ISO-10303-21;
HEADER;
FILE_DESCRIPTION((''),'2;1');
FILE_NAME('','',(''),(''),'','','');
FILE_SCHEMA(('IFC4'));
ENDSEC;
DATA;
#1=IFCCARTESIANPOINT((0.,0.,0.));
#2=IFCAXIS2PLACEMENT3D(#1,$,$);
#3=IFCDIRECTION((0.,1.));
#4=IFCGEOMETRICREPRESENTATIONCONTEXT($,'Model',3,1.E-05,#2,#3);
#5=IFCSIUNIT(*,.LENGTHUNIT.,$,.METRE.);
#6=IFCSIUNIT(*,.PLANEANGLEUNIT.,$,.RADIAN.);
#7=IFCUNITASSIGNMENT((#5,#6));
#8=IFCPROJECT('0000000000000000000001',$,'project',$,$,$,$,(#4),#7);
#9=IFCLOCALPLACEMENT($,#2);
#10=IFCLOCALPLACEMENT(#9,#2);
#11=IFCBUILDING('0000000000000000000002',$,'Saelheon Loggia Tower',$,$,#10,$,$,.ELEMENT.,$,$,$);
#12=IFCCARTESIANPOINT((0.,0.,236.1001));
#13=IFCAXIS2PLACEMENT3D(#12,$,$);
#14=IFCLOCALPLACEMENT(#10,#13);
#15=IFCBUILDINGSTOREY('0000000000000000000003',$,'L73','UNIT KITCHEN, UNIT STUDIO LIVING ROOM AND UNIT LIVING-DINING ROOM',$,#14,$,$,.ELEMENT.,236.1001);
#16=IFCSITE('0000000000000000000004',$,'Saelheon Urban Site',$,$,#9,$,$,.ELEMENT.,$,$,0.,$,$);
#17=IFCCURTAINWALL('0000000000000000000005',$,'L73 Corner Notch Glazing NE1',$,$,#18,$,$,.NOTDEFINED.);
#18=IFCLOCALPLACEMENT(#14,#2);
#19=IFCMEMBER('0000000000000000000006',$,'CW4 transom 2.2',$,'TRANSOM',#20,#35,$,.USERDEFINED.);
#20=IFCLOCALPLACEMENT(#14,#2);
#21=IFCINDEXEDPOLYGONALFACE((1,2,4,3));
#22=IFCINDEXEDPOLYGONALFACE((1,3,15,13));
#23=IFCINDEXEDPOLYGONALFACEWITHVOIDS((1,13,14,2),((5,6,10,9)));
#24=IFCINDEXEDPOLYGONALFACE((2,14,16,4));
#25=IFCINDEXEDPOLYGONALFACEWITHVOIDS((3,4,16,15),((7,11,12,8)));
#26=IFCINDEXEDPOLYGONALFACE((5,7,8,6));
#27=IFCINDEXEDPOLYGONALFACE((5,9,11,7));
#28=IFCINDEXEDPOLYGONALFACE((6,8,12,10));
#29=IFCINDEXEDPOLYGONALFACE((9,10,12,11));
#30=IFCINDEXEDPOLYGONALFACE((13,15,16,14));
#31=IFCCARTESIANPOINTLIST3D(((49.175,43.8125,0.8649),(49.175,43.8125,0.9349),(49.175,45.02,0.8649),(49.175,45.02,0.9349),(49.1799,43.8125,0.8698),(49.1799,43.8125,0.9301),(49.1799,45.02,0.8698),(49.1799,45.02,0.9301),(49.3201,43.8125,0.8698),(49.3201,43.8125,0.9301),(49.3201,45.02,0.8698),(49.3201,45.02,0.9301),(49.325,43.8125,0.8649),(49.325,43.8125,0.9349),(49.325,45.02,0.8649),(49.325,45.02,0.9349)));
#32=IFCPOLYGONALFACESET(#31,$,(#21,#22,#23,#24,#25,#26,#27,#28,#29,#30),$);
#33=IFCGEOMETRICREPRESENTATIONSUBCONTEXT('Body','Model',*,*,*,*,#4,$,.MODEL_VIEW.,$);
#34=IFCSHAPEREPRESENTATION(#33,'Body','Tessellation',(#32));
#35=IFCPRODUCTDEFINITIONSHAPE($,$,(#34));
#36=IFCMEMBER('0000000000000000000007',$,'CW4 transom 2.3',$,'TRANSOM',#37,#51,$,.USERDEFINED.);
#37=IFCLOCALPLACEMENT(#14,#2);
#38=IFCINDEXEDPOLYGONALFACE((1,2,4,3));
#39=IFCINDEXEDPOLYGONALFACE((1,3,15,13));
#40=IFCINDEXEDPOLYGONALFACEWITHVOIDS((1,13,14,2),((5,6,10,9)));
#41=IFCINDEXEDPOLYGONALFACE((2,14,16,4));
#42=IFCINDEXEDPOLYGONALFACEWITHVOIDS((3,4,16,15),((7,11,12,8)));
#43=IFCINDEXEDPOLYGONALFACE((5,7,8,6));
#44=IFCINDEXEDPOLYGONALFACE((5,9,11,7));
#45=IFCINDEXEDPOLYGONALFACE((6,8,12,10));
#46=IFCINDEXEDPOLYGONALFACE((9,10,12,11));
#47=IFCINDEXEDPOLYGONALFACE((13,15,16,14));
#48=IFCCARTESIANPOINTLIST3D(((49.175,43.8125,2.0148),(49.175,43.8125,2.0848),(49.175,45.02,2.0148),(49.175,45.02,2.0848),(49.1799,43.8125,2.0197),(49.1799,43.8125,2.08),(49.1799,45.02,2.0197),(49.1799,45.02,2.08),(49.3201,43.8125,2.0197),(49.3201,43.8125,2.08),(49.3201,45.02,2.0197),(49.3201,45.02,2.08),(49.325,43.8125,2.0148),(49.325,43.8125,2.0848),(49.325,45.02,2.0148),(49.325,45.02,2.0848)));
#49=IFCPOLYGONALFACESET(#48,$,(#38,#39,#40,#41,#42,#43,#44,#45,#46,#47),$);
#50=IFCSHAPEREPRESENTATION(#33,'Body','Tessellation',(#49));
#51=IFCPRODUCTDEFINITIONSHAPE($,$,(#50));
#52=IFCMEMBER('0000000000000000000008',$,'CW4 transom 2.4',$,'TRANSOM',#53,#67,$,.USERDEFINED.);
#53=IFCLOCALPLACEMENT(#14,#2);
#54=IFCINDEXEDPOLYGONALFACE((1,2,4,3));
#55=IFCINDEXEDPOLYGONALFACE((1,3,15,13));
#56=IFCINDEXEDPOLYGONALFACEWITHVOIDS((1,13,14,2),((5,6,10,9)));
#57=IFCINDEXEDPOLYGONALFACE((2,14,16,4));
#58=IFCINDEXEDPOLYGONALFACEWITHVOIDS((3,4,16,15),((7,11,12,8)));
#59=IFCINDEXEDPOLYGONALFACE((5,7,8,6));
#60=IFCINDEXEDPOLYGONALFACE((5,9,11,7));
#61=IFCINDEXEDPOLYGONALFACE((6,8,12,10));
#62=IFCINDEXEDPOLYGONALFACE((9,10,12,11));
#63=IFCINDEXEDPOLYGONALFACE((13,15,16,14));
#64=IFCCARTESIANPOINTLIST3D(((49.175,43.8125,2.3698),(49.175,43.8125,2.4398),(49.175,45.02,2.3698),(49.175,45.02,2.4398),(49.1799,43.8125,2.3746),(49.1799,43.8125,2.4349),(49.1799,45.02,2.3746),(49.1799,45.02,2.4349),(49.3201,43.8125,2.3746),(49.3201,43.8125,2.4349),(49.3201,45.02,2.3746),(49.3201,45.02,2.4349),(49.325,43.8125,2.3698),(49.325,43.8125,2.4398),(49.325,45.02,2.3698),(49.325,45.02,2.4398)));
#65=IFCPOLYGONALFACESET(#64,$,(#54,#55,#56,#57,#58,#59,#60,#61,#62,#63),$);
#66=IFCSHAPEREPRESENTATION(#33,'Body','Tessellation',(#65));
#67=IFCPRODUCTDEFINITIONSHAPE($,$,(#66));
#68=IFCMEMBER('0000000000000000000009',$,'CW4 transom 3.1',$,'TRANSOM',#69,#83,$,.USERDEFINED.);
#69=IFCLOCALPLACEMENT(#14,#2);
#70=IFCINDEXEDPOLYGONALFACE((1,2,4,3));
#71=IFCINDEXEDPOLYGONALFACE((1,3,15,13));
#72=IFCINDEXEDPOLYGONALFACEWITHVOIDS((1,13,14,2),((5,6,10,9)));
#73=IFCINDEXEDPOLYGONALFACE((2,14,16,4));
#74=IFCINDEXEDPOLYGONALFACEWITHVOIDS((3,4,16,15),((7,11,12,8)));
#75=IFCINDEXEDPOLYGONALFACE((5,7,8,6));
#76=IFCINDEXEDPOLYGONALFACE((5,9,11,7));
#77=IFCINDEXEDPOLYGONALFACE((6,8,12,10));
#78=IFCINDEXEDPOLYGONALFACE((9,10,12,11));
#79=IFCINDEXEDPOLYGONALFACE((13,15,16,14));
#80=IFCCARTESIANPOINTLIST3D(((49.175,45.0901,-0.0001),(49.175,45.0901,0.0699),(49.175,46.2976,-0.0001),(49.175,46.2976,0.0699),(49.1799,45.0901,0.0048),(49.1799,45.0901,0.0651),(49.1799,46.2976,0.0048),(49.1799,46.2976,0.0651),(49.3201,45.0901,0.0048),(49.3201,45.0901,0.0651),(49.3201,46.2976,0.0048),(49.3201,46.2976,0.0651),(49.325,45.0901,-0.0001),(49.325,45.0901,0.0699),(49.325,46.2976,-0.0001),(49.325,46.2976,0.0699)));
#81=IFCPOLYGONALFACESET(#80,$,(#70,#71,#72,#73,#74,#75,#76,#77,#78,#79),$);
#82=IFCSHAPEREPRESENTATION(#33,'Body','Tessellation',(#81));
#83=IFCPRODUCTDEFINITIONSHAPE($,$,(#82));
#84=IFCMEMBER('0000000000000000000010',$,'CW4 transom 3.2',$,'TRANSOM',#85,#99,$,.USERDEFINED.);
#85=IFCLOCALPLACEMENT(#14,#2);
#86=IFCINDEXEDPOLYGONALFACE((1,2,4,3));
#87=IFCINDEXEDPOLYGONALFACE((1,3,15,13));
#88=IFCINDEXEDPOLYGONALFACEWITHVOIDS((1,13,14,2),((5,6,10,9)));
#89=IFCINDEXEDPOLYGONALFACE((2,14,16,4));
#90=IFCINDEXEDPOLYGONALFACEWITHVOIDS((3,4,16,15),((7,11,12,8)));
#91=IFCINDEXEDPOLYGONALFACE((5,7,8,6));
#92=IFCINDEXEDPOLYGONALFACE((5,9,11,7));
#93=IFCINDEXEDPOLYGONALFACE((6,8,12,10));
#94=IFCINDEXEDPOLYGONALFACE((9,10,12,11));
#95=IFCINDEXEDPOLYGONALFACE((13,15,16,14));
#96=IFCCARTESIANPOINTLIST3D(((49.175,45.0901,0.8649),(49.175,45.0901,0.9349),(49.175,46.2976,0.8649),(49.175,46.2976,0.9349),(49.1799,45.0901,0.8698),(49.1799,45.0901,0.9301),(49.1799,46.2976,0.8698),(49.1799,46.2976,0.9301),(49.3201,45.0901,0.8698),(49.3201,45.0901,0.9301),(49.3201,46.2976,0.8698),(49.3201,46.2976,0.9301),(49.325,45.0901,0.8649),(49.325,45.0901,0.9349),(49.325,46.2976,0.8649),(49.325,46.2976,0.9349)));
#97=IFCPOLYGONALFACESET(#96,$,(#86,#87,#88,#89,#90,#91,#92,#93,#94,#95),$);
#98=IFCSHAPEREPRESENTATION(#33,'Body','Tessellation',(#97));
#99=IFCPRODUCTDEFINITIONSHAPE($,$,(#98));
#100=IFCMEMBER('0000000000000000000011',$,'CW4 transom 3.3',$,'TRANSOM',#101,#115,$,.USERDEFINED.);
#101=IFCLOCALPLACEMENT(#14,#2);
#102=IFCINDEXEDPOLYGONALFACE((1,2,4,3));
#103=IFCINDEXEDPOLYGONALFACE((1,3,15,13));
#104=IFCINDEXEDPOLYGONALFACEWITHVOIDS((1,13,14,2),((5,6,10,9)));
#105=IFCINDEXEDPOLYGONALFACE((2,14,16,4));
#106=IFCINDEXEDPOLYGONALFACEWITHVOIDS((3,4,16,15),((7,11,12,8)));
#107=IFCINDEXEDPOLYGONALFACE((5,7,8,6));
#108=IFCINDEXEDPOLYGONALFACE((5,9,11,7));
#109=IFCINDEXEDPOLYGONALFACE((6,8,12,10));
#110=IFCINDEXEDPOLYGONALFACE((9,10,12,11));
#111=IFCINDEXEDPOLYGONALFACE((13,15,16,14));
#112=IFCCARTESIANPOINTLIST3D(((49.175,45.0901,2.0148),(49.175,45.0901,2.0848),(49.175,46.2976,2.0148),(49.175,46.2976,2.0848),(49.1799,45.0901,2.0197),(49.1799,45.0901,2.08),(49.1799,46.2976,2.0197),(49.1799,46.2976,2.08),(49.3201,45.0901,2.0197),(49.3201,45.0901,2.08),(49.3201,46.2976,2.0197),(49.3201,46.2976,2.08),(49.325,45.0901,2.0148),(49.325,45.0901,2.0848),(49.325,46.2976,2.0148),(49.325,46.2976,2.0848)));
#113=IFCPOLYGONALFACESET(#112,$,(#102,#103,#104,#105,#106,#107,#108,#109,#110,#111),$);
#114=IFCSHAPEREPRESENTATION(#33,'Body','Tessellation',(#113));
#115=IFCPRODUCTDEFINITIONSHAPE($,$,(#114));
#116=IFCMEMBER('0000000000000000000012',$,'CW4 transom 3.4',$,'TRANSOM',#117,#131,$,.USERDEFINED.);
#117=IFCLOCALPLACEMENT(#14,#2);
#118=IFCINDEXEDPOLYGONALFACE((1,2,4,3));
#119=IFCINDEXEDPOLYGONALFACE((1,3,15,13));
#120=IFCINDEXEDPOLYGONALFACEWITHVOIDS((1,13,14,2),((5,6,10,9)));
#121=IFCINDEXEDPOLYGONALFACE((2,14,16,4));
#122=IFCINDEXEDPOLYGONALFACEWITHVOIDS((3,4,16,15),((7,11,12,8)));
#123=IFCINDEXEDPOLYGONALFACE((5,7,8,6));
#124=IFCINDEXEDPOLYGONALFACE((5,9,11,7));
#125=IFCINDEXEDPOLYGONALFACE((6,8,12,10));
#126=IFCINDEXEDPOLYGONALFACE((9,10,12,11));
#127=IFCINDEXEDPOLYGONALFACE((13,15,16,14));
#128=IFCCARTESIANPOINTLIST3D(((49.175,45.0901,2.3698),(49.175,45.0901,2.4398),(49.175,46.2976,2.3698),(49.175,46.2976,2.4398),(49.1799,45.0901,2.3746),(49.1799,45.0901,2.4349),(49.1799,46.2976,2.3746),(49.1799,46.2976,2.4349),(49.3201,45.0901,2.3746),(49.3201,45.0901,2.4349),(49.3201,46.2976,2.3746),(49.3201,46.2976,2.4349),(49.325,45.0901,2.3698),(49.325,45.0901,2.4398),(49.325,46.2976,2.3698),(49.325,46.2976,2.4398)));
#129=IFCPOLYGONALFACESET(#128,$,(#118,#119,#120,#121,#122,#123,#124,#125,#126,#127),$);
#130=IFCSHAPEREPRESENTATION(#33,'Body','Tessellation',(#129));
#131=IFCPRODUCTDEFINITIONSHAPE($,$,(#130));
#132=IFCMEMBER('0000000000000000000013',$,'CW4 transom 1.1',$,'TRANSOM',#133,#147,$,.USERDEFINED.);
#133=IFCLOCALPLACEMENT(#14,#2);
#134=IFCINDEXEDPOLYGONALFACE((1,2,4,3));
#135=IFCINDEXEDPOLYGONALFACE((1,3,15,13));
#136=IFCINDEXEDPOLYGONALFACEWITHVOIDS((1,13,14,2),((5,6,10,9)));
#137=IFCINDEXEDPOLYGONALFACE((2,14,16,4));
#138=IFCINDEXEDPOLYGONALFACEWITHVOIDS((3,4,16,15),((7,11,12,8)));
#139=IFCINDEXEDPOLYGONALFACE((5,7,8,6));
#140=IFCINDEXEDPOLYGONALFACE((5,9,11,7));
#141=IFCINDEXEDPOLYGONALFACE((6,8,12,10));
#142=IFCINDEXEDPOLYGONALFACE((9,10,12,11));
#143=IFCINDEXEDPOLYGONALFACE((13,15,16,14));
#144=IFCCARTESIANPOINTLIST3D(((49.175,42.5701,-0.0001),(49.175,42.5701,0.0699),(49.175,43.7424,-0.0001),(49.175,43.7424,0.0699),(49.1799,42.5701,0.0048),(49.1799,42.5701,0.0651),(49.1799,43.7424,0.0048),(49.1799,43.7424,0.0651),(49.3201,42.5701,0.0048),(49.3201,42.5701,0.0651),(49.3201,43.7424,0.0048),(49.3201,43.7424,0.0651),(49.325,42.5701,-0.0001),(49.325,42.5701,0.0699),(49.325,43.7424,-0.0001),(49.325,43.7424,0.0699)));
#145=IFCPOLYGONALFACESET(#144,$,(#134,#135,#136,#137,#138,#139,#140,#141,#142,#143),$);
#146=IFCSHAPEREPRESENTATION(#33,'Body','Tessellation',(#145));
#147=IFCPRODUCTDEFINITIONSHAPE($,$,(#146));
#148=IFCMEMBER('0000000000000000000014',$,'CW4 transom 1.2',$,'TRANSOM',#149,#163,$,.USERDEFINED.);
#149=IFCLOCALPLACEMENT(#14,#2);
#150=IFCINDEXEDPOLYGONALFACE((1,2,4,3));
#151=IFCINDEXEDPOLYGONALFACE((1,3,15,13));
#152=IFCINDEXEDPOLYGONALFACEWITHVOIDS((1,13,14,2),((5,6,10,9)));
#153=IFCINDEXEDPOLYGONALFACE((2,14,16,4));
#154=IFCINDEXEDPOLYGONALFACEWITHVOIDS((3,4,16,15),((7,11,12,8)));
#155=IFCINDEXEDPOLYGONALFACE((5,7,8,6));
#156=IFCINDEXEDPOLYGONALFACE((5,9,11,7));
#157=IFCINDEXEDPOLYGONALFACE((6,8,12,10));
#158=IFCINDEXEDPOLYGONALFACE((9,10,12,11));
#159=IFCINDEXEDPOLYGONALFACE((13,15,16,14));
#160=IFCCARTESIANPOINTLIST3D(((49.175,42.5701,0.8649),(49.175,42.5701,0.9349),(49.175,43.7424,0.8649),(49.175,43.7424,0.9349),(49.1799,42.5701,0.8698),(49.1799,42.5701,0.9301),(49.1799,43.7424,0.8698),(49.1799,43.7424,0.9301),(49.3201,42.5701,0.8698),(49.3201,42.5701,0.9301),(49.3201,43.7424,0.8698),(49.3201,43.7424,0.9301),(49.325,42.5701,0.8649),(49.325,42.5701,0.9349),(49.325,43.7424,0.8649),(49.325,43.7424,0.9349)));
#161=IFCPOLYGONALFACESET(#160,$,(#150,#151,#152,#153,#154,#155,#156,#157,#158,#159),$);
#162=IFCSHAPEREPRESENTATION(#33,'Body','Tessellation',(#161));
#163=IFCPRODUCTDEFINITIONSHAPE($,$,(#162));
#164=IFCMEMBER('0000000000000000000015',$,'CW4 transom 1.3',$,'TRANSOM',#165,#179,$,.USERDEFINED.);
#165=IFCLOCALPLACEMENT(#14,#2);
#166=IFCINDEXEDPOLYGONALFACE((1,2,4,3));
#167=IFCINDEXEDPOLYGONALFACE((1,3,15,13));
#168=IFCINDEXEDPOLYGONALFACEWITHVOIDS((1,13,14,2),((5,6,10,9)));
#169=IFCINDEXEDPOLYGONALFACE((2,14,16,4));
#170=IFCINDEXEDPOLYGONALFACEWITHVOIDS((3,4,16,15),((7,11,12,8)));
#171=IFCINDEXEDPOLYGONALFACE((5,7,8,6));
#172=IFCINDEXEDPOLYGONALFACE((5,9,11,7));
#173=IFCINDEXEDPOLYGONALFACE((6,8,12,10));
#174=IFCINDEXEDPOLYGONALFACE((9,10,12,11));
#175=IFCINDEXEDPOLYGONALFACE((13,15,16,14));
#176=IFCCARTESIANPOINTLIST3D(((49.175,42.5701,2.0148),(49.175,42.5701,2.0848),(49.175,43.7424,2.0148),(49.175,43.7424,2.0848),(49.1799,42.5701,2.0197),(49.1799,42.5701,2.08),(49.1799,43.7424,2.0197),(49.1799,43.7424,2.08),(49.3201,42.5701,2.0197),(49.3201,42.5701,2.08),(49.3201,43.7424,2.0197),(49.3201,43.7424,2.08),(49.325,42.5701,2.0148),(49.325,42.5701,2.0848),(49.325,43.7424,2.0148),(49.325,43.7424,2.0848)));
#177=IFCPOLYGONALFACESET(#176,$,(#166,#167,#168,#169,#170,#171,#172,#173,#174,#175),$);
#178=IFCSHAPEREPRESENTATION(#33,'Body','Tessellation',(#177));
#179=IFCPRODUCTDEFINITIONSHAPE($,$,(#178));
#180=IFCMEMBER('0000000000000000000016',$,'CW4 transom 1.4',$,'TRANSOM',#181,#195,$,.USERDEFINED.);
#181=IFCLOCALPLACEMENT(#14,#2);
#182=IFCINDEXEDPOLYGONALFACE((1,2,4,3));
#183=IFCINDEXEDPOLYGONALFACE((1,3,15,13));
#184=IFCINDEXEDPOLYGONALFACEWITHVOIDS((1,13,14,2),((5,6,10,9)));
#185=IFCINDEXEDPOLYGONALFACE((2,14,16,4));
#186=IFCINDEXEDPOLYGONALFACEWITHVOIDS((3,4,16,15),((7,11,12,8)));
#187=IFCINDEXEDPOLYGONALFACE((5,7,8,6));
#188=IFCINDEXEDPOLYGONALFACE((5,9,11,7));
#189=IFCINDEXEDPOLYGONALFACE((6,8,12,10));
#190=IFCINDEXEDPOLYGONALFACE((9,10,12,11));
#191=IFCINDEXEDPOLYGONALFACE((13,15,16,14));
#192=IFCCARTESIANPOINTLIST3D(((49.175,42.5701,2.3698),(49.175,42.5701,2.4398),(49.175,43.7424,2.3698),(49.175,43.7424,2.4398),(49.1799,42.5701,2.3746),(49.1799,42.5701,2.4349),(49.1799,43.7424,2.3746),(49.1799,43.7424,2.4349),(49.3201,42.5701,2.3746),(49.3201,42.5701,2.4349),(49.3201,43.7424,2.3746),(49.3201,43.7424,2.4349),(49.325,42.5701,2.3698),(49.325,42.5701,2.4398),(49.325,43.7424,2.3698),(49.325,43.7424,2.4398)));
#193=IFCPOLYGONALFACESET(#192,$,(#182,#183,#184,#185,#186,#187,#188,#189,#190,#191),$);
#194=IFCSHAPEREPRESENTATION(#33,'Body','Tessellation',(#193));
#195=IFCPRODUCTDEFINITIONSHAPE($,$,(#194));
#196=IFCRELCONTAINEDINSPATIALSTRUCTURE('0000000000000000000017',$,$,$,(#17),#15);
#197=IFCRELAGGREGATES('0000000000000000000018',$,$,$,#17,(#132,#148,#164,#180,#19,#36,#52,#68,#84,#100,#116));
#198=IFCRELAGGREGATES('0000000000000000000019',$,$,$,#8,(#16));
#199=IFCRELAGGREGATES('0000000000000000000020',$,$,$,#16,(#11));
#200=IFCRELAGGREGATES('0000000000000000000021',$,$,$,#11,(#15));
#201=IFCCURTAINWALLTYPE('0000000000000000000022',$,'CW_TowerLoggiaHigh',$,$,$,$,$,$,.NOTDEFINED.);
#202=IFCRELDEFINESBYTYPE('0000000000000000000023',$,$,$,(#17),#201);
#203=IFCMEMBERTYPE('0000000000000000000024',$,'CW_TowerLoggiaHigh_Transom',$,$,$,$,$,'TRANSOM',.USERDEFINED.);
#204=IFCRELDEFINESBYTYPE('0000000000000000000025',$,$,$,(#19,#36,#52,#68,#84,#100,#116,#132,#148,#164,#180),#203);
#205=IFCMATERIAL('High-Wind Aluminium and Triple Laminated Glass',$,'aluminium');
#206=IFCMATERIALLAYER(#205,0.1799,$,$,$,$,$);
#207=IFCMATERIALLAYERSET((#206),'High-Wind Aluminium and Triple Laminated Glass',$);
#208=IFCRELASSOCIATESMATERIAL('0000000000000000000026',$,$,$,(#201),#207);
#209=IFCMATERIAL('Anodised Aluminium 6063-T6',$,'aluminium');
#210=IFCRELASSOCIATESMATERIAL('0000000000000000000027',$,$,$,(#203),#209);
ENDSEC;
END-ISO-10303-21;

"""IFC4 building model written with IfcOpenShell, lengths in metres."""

from ifc_helpers import new_model, si_unit, direction, frame, origin, origin_2d, place, context, subcontext, project, spatial, hollow_rectangle, extrude, source, transform, mapped, material, layer, layer_set, material_profile, profile_set, type_object, element, aggregate, save


model = new_model("IFC4")

# Units and contexts
model_context = context("Model", 3, precision=1e-05, world=origin(), true_north=direction((0.0, 1.0)))
body_context = subcontext(model_context, "Body", "Model", "MODEL_VIEW")
ifc_project = project(units=[si_unit("LENGTHUNIT", "METRE"), si_unit("PLANEANGLEUNIT", "RADIAN")], contexts=[model_context])

# Site, building, storey
site_placement = place(None, origin())
site = spatial("IfcSite", under=ifc_project, at=site_placement, Name="Saelheon Urban Site", CompositionType="ELEMENT", RefElevation=0.0)
building_placement = place(site_placement, origin())
building = spatial("IfcBuilding", under=site, at=building_placement, Name="Saelheon Loggia Tower", CompositionType="ELEMENT")
storey_placement = place(building_placement, frame((0.0, 0.0, 236.1001)))
storey = spatial("IfcBuildingStorey", under=building, at=storey_placement, Name="L73", Description="UNIT KITCHEN, UNIT STUDIO LIVING ROOM AND UNIT LIVING-DINING ROOM", CompositionType="ELEMENT", Elevation=236.1001)

# Curtain wall, members
ifc_material_1 = material(Name="High-Wind Aluminium and Triple Laminated Glass", Category="aluminium")
ifc_layer_1 = layer(ifc_material_1, 0.1799)
ifc_layer_set_1 = layer_set([ifc_layer_1], Name="High-Wind Aluminium and Triple Laminated Glass")
curtain_wall_type = type_object("IfcCurtainWallType", Name="CW_TowerLoggiaHigh", PredefinedType="NOTDEFINED", material=ifc_layer_set_1)
curtain_wall_placement = place(storey_placement, origin())
curtain_wall = element("IfcCurtainWall", 1, at=curtain_wall_placement, inside=storey, type_object=curtain_wall_type, Name="L73 Corner Notch Glazing NE1", PredefinedType="NOTDEFINED")
ifc_material_2 = material(Name="Anodised Aluminium 6063-T6", Category="aluminium")
ifc_material_profile_1 = material_profile(ifc_material_2, hollow_rectangle(XDim=0.0701, YDim=0.1499, WallThickness=0.0049, at=origin_2d()), Name="RHS-150x70x5")
ifc_profile_set_1 = profile_set([ifc_material_profile_1], Name="Anodised Aluminium 6063-T6")
member_type_1 = type_object("IfcMemberType", Name="CW_TowerLoggiaHigh_Transom", ElementType="TRANSOM", PredefinedType="USERDEFINED", material=ifc_profile_set_1)
shared_shape_1 = source(origin(), body_context, "Body", "SweptSolid", [
    extrude(hollow_rectangle(XDim=0.0701, YDim=0.1499, WallThickness=0.0049, at=origin_2d()), origin(), (0.0, 0.0, 1.0), 1.2075),
])
member_1_placement = place(storey_placement, frame((49.25, 43.8125, 0.8999), z_axis=(0.0, 1.0, 0.0), x_axis=(0.0, 0.0, 1.0)))
member_1 = element("IfcMember", 2, at=member_1_placement, type_object=member_type_1, Name="CW4 transom 2.2", ObjectType="TRANSOM", PredefinedType="USERDEFINED", context=body_context, shape_type="MappedRepresentation", body=[
    mapped(shared_shape_1, transform((0.0, 0.0, 0.0), scale=1.0)),
])
member_2_placement = place(storey_placement, frame((49.25, 43.8125, 2.0498), z_axis=(0.0, 1.0, 0.0), x_axis=(0.0, 0.0, 1.0)))
member_2 = element("IfcMember", 3, at=member_2_placement, type_object=member_type_1, Name="CW4 transom 2.3", ObjectType="TRANSOM", PredefinedType="USERDEFINED", context=body_context, shape_type="MappedRepresentation", body=[
    mapped(shared_shape_1, transform((0.0, 0.0, 0.0), scale=1.0)),
])
member_3_placement = place(storey_placement, frame((49.25, 43.8125, 2.4048), z_axis=(0.0, 1.0, 0.0), x_axis=(0.0, 0.0, 1.0)))
member_3 = element("IfcMember", 4, at=member_3_placement, type_object=member_type_1, Name="CW4 transom 2.4", ObjectType="TRANSOM", PredefinedType="USERDEFINED", context=body_context, shape_type="MappedRepresentation", body=[
    mapped(shared_shape_1, transform((0.0, 0.0, 0.0), scale=1.0)),
])
member_4_placement = place(storey_placement, frame((49.25, 45.0901, 0.0349), z_axis=(0.0, 1.0, 0.0), x_axis=(0.0, 0.0, 1.0)))
member_4 = element("IfcMember", 5, at=member_4_placement, type_object=member_type_1, Name="CW4 transom 3.1", ObjectType="TRANSOM", PredefinedType="USERDEFINED", context=body_context, shape_type="MappedRepresentation", body=[
    mapped(shared_shape_1, transform((0.0, 0.0, 0.0), scale=1.0)),
])
member_5_placement = place(storey_placement, frame((49.25, 45.0901, 0.8999), z_axis=(0.0, 1.0, 0.0), x_axis=(0.0, 0.0, 1.0)))
member_5 = element("IfcMember", 6, at=member_5_placement, type_object=member_type_1, Name="CW4 transom 3.2", ObjectType="TRANSOM", PredefinedType="USERDEFINED", context=body_context, shape_type="MappedRepresentation", body=[
    mapped(shared_shape_1, transform((0.0, 0.0, 0.0), scale=1.0)),
])
member_6_placement = place(storey_placement, frame((49.25, 45.0901, 2.0498), z_axis=(0.0, 1.0, 0.0), x_axis=(0.0, 0.0, 1.0)))
member_6 = element("IfcMember", 7, at=member_6_placement, type_object=member_type_1, Name="CW4 transom 3.3", ObjectType="TRANSOM", PredefinedType="USERDEFINED", context=body_context, shape_type="MappedRepresentation", body=[
    mapped(shared_shape_1, transform((0.0, 0.0, 0.0), scale=1.0)),
])
member_7_placement = place(storey_placement, frame((49.25, 45.0901, 2.4048), z_axis=(0.0, 1.0, 0.0), x_axis=(0.0, 0.0, 1.0)))
member_7 = element("IfcMember", 8, at=member_7_placement, type_object=member_type_1, Name="CW4 transom 3.4", ObjectType="TRANSOM", PredefinedType="USERDEFINED", context=body_context, shape_type="MappedRepresentation", body=[
    mapped(shared_shape_1, transform((0.0, 0.0, 0.0), scale=1.0)),
])
shared_shape_2 = source(origin(), body_context, "Body", "SweptSolid", [
    extrude(hollow_rectangle(XDim=0.0701, YDim=0.1499, WallThickness=0.0049, at=origin_2d()), origin(), (0.0, 0.0, 1.0), 1.1724),
])
member_8_placement = place(storey_placement, frame((49.25, 42.5701, 0.0349), z_axis=(0.0, 1.0, 0.0), x_axis=(0.0, 0.0, 1.0)))
member_8 = element("IfcMember", 9, at=member_8_placement, type_object=member_type_1, Name="CW4 transom 1.1", ObjectType="TRANSOM", PredefinedType="USERDEFINED", context=body_context, shape_type="MappedRepresentation", body=[
    mapped(shared_shape_2, transform((0.0, 0.0, 0.0), scale=1.0)),
])
member_9_placement = place(storey_placement, frame((49.25, 42.5701, 0.8999), z_axis=(0.0, 1.0, 0.0), x_axis=(0.0, 0.0, 1.0)))
member_9 = element("IfcMember", 10, at=member_9_placement, type_object=member_type_1, Name="CW4 transom 1.2", ObjectType="TRANSOM", PredefinedType="USERDEFINED", context=body_context, shape_type="MappedRepresentation", body=[
    mapped(shared_shape_2, transform((0.0, 0.0, 0.0), scale=1.0)),
])
member_10_placement = place(storey_placement, frame((49.25, 42.5701, 2.0498), z_axis=(0.0, 1.0, 0.0), x_axis=(0.0, 0.0, 1.0)))
member_10 = element("IfcMember", 11, at=member_10_placement, type_object=member_type_1, Name="CW4 transom 1.3", ObjectType="TRANSOM", PredefinedType="USERDEFINED", context=body_context, shape_type="MappedRepresentation", body=[
    mapped(shared_shape_2, transform((0.0, 0.0, 0.0), scale=1.0)),
])
member_11_placement = place(storey_placement, frame((49.25, 42.5701, 2.4048), z_axis=(0.0, 1.0, 0.0), x_axis=(0.0, 0.0, 1.0)))
member_11 = element("IfcMember", 12, at=member_11_placement, type_object=member_type_1, Name="CW4 transom 1.4", ObjectType="TRANSOM", PredefinedType="USERDEFINED", context=body_context, shape_type="MappedRepresentation", body=[
    mapped(shared_shape_2, transform((0.0, 0.0, 0.0), scale=1.0)),
])
aggregate(curtain_wall, [member_8, member_9, member_10, member_11, member_1, member_2, member_3, member_4, member_5, member_6, member_7])

save(model, "model.ifc")
